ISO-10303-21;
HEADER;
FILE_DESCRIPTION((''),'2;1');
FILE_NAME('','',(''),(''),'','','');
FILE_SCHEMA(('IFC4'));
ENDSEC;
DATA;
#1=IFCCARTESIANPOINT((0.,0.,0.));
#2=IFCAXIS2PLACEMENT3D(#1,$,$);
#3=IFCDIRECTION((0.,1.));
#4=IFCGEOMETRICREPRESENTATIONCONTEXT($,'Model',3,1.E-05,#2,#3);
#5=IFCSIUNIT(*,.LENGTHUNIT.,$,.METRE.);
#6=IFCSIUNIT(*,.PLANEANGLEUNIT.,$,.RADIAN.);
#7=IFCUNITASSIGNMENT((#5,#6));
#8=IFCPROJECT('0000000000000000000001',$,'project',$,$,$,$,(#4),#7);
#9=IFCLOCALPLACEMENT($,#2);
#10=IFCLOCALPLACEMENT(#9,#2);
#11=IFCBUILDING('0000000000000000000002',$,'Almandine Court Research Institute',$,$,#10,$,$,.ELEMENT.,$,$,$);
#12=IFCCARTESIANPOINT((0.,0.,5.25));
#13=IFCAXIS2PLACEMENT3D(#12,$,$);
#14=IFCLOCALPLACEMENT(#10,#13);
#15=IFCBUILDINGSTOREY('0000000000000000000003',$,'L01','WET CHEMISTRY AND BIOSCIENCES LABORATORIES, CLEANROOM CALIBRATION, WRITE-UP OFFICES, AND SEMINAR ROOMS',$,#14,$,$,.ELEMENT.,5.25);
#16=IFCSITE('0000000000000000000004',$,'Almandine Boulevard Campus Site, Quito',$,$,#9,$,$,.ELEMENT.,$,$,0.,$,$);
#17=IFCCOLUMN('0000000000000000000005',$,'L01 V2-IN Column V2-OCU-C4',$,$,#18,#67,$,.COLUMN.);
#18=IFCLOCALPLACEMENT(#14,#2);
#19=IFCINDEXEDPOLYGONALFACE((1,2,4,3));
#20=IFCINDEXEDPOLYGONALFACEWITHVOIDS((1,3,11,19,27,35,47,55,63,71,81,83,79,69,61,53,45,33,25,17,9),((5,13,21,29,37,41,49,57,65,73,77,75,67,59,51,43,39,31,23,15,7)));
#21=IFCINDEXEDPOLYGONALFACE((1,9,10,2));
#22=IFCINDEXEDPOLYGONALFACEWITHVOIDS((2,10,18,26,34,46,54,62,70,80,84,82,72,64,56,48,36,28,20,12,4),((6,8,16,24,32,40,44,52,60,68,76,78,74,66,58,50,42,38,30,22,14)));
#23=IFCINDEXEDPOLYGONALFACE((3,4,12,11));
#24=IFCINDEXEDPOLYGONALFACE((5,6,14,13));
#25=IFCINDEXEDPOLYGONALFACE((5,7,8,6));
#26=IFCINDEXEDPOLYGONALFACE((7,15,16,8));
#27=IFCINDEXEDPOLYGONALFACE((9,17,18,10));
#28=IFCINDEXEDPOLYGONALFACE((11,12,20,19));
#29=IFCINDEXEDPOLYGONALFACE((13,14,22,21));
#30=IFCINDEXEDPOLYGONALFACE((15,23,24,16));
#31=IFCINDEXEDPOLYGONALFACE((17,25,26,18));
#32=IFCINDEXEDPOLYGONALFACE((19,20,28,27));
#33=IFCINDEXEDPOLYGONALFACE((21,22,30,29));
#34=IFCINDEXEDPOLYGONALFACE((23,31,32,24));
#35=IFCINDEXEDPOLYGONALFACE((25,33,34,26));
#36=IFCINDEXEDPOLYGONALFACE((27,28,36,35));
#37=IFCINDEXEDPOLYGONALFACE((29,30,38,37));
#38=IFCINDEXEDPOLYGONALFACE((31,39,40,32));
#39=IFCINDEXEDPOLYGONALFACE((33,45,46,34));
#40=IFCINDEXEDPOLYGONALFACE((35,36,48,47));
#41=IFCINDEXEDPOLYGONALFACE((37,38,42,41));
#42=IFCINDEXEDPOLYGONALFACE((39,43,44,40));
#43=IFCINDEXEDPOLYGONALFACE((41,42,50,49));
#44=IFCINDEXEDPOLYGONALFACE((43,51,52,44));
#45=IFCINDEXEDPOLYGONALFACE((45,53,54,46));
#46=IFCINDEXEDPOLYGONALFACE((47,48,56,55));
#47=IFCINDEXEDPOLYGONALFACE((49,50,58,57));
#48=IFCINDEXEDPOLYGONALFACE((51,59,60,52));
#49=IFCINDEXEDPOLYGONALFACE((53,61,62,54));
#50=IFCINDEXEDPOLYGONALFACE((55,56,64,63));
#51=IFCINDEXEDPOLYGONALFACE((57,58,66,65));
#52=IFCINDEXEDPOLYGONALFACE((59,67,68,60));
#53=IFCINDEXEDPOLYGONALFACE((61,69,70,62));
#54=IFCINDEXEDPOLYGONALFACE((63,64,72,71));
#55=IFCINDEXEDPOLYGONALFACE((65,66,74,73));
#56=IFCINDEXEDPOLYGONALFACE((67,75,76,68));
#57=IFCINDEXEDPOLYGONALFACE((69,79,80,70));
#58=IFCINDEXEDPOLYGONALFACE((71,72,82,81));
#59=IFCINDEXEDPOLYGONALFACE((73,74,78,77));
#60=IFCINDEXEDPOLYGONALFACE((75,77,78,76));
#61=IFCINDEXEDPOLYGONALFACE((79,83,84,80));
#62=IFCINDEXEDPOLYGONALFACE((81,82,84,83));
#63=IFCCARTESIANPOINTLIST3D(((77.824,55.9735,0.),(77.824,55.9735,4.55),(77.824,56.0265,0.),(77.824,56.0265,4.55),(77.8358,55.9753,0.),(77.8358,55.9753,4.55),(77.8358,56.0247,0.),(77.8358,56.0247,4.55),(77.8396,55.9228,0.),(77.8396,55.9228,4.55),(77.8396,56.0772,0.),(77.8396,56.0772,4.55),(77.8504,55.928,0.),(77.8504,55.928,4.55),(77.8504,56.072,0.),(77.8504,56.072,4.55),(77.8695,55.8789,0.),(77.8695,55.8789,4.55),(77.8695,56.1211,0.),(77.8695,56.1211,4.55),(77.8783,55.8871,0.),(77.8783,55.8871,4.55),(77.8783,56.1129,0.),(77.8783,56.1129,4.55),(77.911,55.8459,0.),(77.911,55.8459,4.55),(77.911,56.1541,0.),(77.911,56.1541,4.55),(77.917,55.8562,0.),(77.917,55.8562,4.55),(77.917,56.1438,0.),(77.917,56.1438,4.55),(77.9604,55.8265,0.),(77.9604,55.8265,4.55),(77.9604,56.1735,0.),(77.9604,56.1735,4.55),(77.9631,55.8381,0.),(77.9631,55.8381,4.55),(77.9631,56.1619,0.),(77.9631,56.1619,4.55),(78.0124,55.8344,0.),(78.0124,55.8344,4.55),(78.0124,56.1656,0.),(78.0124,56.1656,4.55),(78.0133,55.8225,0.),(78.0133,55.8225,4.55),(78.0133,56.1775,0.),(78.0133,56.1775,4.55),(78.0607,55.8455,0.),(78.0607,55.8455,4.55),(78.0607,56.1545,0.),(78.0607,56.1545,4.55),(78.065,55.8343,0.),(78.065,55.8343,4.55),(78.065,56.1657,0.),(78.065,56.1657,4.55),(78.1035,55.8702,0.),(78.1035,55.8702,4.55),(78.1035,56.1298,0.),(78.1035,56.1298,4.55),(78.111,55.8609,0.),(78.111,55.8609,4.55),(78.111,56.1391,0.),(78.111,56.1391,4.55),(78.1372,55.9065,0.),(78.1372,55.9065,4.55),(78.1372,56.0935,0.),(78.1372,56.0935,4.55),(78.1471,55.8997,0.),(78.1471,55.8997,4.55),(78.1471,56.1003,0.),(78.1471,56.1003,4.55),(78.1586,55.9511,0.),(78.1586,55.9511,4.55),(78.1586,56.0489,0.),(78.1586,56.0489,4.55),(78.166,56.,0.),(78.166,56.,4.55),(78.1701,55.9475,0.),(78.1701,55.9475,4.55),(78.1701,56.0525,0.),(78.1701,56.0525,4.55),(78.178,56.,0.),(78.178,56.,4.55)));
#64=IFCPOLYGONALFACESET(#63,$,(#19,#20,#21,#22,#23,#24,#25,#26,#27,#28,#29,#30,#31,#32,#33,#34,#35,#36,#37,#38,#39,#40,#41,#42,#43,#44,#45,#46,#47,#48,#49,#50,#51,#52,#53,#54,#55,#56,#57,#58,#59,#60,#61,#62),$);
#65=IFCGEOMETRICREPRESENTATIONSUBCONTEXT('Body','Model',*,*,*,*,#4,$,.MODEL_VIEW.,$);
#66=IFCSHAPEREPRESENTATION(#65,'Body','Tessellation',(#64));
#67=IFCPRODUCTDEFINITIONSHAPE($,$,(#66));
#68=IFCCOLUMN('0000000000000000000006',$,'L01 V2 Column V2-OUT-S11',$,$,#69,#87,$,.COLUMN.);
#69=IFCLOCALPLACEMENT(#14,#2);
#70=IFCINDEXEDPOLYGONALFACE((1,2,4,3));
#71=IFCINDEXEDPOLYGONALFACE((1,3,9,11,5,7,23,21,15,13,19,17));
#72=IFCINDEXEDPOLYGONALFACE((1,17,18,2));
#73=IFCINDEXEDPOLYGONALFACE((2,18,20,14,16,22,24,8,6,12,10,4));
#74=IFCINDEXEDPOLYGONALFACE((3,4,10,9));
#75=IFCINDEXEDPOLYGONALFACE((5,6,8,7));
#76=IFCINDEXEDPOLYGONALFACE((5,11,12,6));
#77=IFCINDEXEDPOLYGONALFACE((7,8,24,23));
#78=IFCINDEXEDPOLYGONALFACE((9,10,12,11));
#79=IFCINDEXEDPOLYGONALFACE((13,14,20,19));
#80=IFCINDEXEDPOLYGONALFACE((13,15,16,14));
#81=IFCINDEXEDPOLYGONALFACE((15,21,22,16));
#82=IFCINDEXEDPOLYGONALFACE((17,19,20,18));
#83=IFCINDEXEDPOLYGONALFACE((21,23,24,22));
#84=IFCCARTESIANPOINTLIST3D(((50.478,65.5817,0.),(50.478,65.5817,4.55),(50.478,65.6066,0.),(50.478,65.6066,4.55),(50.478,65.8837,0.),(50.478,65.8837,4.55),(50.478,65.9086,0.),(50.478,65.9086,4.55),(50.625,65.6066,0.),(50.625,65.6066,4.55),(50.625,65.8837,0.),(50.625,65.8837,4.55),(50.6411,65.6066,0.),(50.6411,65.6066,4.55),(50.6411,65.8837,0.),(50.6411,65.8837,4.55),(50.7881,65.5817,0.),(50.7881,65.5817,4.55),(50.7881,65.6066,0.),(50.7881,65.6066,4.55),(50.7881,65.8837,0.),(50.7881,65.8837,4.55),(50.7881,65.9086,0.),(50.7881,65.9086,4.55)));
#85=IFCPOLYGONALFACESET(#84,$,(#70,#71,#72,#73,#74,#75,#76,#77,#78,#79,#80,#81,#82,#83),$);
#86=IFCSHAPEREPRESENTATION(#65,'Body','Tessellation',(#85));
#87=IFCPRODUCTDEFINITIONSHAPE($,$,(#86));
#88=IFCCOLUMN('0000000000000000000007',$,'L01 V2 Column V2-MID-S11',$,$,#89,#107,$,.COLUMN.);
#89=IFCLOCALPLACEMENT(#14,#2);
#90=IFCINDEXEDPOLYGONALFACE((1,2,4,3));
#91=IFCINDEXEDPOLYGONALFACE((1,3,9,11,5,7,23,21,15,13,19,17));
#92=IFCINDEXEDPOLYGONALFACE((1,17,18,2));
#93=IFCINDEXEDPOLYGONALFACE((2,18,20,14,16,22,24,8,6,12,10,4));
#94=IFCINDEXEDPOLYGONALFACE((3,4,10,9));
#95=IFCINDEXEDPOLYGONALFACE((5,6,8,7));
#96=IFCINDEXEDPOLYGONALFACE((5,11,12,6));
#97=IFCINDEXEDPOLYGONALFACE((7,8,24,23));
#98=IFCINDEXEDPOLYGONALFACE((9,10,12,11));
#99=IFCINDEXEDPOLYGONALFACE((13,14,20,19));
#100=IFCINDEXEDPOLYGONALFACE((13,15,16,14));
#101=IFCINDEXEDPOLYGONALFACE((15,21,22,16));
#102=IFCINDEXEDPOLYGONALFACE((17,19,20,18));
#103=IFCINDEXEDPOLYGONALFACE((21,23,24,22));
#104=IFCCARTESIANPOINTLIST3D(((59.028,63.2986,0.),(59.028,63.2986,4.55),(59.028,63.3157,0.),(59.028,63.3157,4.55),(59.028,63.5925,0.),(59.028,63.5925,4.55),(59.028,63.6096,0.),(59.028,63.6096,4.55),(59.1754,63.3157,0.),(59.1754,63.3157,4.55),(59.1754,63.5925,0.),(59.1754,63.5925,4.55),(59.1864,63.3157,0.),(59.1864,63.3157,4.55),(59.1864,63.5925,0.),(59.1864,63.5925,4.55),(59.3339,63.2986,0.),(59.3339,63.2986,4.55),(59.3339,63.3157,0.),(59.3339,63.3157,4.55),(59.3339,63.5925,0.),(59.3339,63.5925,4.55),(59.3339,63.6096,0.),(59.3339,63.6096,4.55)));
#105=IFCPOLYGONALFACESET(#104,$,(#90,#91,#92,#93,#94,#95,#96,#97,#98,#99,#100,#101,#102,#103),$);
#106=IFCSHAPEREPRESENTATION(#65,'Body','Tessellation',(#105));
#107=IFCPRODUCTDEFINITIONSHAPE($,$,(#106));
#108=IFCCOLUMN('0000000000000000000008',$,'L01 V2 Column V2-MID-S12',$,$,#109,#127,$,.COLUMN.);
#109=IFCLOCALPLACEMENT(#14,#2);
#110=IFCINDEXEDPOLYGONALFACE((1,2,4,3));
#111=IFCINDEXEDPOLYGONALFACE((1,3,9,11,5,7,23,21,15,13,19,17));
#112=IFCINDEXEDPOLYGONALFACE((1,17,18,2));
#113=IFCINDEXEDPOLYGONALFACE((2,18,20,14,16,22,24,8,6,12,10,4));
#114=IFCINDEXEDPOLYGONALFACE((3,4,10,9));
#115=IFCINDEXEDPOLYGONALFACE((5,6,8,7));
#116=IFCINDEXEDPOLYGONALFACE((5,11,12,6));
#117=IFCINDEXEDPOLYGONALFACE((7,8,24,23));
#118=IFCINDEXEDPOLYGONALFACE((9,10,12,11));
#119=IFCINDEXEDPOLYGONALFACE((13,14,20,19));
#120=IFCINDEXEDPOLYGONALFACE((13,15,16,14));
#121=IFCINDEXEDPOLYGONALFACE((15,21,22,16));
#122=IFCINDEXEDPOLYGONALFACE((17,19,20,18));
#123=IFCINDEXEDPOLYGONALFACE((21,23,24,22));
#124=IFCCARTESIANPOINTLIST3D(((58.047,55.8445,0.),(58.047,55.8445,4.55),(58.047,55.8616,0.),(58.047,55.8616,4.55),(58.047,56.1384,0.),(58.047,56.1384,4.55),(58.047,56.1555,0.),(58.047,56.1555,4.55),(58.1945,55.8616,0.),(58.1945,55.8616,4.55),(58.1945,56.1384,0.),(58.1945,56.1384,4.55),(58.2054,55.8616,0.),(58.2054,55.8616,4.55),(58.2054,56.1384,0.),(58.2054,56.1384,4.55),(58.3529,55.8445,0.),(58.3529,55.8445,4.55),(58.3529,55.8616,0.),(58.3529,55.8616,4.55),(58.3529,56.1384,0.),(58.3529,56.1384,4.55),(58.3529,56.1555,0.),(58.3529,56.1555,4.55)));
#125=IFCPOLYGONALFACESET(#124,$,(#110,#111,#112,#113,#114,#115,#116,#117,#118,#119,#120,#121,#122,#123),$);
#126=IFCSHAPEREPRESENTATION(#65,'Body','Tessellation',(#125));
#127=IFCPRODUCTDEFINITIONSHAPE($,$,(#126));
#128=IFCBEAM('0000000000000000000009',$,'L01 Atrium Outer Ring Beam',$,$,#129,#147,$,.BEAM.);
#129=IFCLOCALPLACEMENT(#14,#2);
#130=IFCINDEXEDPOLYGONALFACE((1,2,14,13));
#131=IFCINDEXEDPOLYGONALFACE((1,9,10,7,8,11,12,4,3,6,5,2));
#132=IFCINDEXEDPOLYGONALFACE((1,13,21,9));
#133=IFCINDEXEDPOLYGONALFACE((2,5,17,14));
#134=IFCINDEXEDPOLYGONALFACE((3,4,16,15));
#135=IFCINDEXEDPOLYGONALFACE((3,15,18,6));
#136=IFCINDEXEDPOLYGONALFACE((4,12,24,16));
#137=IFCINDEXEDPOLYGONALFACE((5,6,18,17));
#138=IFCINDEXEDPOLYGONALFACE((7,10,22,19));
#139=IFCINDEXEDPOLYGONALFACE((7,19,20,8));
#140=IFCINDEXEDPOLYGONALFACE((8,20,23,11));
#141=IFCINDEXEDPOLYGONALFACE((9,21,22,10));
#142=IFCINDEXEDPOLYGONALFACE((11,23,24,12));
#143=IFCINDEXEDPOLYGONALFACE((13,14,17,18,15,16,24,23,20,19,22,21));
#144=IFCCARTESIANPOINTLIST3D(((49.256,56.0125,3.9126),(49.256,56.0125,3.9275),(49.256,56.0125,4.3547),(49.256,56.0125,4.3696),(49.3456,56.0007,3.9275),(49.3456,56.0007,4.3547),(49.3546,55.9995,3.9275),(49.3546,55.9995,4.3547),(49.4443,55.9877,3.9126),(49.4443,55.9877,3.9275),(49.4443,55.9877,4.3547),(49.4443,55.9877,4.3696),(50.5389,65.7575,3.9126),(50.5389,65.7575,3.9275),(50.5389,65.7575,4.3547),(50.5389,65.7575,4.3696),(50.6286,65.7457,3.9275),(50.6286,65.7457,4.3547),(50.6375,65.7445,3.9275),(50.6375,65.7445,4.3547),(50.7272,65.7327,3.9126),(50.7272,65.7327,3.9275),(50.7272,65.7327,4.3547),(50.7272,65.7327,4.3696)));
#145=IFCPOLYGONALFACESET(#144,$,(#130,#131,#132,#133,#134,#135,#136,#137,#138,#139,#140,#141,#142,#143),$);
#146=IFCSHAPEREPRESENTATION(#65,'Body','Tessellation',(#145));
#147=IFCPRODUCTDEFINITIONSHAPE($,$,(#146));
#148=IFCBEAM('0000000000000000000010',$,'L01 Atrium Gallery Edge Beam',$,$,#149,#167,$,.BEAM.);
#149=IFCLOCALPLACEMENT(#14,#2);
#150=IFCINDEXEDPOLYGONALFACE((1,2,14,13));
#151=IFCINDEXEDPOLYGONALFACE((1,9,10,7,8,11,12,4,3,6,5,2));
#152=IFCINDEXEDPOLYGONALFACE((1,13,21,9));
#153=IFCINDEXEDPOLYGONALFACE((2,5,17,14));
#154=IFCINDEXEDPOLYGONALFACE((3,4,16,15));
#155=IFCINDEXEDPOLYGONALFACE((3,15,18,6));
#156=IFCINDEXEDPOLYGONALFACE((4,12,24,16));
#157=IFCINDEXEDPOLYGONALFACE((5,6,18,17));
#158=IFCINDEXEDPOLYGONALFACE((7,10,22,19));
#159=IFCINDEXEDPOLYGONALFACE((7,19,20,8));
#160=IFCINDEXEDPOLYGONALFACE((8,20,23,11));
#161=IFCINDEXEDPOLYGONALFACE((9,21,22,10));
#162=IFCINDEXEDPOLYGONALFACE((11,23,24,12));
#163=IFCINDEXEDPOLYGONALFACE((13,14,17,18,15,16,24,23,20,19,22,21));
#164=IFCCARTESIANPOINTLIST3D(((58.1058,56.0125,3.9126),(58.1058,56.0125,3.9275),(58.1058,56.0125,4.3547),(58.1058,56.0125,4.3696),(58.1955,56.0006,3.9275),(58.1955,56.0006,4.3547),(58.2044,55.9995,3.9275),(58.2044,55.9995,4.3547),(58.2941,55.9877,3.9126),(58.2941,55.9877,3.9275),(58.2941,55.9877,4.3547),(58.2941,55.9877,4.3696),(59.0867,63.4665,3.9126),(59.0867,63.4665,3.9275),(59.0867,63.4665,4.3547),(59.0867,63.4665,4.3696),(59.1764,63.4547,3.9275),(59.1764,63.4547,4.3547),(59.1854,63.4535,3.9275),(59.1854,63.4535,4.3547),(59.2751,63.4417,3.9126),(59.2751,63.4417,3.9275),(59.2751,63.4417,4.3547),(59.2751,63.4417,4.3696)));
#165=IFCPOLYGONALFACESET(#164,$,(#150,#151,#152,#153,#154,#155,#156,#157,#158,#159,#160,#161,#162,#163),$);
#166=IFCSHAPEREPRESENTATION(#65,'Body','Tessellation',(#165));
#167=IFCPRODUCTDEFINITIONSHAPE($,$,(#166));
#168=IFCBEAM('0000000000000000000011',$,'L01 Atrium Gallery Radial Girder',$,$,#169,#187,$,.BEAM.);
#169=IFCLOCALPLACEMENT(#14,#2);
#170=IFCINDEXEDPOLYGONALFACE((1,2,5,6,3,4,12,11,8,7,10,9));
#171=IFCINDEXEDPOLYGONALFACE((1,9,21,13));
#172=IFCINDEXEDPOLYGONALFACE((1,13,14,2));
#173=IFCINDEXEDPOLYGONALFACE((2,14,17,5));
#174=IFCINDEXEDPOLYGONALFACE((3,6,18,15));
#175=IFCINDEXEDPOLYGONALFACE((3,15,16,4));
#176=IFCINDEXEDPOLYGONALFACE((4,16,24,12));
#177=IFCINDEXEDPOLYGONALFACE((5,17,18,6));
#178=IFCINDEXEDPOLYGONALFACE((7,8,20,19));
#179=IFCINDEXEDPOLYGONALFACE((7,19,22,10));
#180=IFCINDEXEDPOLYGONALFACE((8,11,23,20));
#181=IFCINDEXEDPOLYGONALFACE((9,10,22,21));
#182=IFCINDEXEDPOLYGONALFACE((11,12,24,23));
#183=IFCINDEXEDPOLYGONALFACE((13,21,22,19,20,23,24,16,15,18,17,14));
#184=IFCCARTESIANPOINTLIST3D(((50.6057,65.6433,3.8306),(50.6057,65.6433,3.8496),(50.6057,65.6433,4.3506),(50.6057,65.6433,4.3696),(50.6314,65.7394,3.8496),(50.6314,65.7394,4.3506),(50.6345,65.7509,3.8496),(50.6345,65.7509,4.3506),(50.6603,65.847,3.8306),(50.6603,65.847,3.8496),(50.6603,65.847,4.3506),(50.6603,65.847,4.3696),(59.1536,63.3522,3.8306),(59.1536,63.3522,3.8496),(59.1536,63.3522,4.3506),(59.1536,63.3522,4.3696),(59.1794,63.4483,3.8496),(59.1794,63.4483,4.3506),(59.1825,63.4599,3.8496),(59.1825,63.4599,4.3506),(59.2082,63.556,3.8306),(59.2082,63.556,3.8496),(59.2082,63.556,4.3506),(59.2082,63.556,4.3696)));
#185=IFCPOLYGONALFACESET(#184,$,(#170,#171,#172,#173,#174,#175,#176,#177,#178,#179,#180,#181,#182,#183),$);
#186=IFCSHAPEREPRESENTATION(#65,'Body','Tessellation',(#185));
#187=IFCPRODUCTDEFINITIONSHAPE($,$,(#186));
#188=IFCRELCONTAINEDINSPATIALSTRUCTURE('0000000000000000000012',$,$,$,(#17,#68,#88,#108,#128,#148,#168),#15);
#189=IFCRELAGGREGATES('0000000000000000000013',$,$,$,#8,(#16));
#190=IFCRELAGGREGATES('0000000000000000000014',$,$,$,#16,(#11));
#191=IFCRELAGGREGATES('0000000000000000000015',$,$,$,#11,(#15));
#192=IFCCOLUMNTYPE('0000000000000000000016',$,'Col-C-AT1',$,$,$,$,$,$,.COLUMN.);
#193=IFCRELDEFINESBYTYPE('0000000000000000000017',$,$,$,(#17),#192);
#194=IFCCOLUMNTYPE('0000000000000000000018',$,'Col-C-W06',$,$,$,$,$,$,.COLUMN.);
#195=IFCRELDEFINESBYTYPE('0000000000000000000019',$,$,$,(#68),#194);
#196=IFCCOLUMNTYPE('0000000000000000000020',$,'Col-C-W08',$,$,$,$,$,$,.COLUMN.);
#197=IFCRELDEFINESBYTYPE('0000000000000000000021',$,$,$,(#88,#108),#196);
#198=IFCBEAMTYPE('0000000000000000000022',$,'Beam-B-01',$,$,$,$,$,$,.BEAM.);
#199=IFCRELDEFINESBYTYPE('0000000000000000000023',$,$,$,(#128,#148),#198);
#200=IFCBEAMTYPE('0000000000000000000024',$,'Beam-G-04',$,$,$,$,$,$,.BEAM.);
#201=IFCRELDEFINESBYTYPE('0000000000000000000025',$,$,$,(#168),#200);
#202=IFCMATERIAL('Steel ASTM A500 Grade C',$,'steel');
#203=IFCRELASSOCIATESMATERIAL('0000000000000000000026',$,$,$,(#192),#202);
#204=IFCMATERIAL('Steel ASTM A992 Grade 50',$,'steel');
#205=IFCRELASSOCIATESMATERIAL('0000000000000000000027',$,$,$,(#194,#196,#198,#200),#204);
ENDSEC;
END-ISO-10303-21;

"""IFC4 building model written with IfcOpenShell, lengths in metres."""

from ifc_helpers import new_model, si_unit, direction, frame, origin, origin_2d, place, context, subcontext, project, spatial, hollow_circle, i_section, extrude, material, material_profile, profile_set, type_object, element, save


model = new_model("IFC4")

# Units and contexts
model_context = context("Model", 3, precision=1e-05, world=origin(), true_north=direction((0.0, 1.0)))
body_context = subcontext(model_context, "Body", "Model", "MODEL_VIEW")
ifc_project = project(units=[si_unit("LENGTHUNIT", "METRE"), si_unit("PLANEANGLEUNIT", "RADIAN")], contexts=[model_context])

# Site, building, storey
site_placement = place(None, origin())
site = spatial("IfcSite", under=ifc_project, at=site_placement, Name="Almandine Boulevard Campus Site, Quito", CompositionType="ELEMENT", RefElevation=0.0)
building_placement = place(site_placement, origin())
building = spatial("IfcBuilding", under=site, at=building_placement, Name="Almandine Court Research Institute", CompositionType="ELEMENT")
storey_placement = place(building_placement, frame((0.0, 0.0, 5.25)))
storey = spatial("IfcBuildingStorey", under=building, at=storey_placement, Name="L01", Description="WET CHEMISTRY AND BIOSCIENCES LABORATORIES, CLEANROOM CALIBRATION, WRITE-UP OFFICES, AND SEMINAR ROOMS", CompositionType="ELEMENT", Elevation=5.25)

# Columns
ifc_material_1 = material(Name="Steel ASTM A500 Grade C", Category="steel")
ifc_material_profile_1 = material_profile(ifc_material_1, hollow_circle(Radius=0.178, WallThickness=0.012, at=origin_2d()), Name="CHS 356x12")
ifc_profile_set_1 = profile_set([ifc_material_profile_1], Name="Steel ASTM A500 Grade C")
column_type_1 = type_object("IfcColumnType", Name="Col-C-AT1", PredefinedType="COLUMN", material=ifc_profile_set_1)
column_1_placement = place(storey_placement, frame((78.0, 56.0, 0.0), z_axis=(0.0, 0.0, 1.0), x_axis=(1.0, 0.0, 0.0)))
element("IfcColumn", 1, at=column_1_placement, inside=storey, type_object=column_type_1, Name="L01 V2-IN Column V2-OCU-C4", PredefinedType="COLUMN", context=body_context, shape_type="SweptSolid", body=[
    extrude(hollow_circle(Radius=0.178, WallThickness=0.012, at=origin_2d()), origin(), (0.0, 0.0, 1.0), 4.55),
])
ifc_material_2 = material(Name="Steel ASTM A992 Grade 50", Category="steel")
ifc_material_profile_2 = material_profile(ifc_material_2, i_section(OverallWidth=0.3101, OverallDepth=0.3269, WebThickness=0.0161, FlangeThickness=0.0249, at=origin_2d()), Name="W310x158")
ifc_profile_set_2 = profile_set([ifc_material_profile_2], Name="Steel ASTM A992 Grade 50")
column_type_2 = type_object("IfcColumnType", Name="Col-C-W06", PredefinedType="COLUMN", material=ifc_profile_set_2)
column_2_placement = place(storey_placement, frame((50.6331, 65.7451, 0.0), z_axis=(0.0, 0.0, 1.0), x_axis=(1.0, 0.0, 0.0)))
element("IfcColumn", 2, at=column_2_placement, inside=storey, type_object=column_type_2, Name="L01 V2 Column V2-OUT-S11", PredefinedType="COLUMN", context=body_context, shape_type="SweptSolid", body=[
    extrude(i_section(OverallWidth=0.3101, OverallDepth=0.3269, WebThickness=0.0161, FlangeThickness=0.0249, at=origin_2d()), origin(), (0.0, 0.0, 1.0), 4.55),
])
ifc_material_profile_3 = material_profile(ifc_material_2, i_section(OverallWidth=0.3059, OverallDepth=0.311, WebThickness=0.011, FlangeThickness=0.0171, at=origin_2d()), Name="W310x107")
ifc_profile_set_3 = profile_set([ifc_material_profile_3], Name="Steel ASTM A992 Grade 50")
column_type_3 = type_object("IfcColumnType", Name="Col-C-W08", PredefinedType="COLUMN", material=ifc_profile_set_3)
for number, where, z_axis, x_axis, name in (
    (3, (59.1809, 63.4541, 0.0), (0.0, 0.0, 1.0), (1.0, 0.0, 0.0), "L01 V2 Column V2-MID-S11"),
    (4, (58.2, 56.0, 0.0), (0.0, 0.0, 1.0), (1.0, 0.0, 0.0), "L01 V2 Column V2-MID-S12"),
):
    element("IfcColumn", number, at=place(storey_placement, frame(where, z_axis=z_axis, x_axis=x_axis)), inside=storey, type_object=column_type_3, Name=name, PredefinedType="COLUMN", context=body_context, shape_type="SweptSolid", body=[
        extrude(i_section(OverallWidth=0.3059, OverallDepth=0.311, WebThickness=0.011, FlangeThickness=0.0171, at=origin_2d()), origin(), (0.0, 0.0, 1.0), 4.55),
    ])

# Beams
ifc_material_profile_4 = material_profile(ifc_material_2, i_section(OverallWidth=0.1899, OverallDepth=0.457, WebThickness=0.009, FlangeThickness=0.0149, at=origin_2d()), Name="W460x74")
ifc_profile_set_4 = profile_set([ifc_material_profile_4], Name="Steel ASTM A992 Grade 50")
beam_type_1 = type_object("IfcBeamType", Name="Beam-B-01", PredefinedType="BEAM", material=ifc_profile_set_4)
beam_1_placement = place(storey_placement, frame((50.6331, 65.7451, 4.1411), z_axis=(-0.130525, -0.991445, 0.0), x_axis=(0.991445, -0.130525, 0.0)))
element("IfcBeam", 5, at=beam_1_placement, inside=storey, type_object=beam_type_1, Name="L01 Atrium Outer Ring Beam", PredefinedType="BEAM", context=body_context, shape_type="SweptSolid", body=[
    extrude(i_section(OverallWidth=0.1899, OverallDepth=0.457, WebThickness=0.009, FlangeThickness=0.0149, at=origin_2d()), origin(), (0.0, 0.0, 1.0), 9.8291),
])
beam_2_placement = place(storey_placement, frame((59.1809, 63.4541, 4.1411), z_axis=(-0.130475, -0.991452, 0.0), x_axis=(0.991452, -0.130475, 0.0)))
element("IfcBeam", 6, at=beam_2_placement, inside=storey, type_object=beam_type_1, Name="L01 Atrium Gallery Edge Beam", PredefinedType="BEAM", context=body_context, shape_type="SweptSolid", body=[
    extrude(i_section(OverallWidth=0.1899, OverallDepth=0.457, WebThickness=0.009, FlangeThickness=0.0149, at=origin_2d()), origin(), (0.0, 0.0, 1.0), 7.5183),
])
ifc_material_profile_5 = material_profile(ifc_material_2, i_section(OverallWidth=0.2109, OverallDepth=0.5391, WebThickness=0.012, FlangeThickness=0.019, at=origin_2d()), Name="W530x109")
ifc_profile_set_5 = profile_set([ifc_material_profile_5], Name="Steel ASTM A992 Grade 50")
beam_type_2 = type_object("IfcBeamType", Name="Beam-G-04", PredefinedType="BEAM", material=ifc_profile_set_5)
beam_3_placement = place(storey_placement, frame((59.1809, 63.4541, 4.1001), z_axis=(-0.965908, 0.258885, 0.0), x_axis=(-0.258885, -0.965908, 0.0)))
element("IfcBeam", 7, at=beam_3_placement, inside=storey, type_object=beam_type_2, Name="L01 Atrium Gallery Radial Girder", PredefinedType="BEAM", context=body_context, shape_type="SweptSolid", body=[
    extrude(i_section(OverallWidth=0.2109, OverallDepth=0.5391, WebThickness=0.012, FlangeThickness=0.019, at=origin_2d()), origin(), (0.0, 0.0, 1.0), 8.8496),
])

save(model, "model.ifc")
